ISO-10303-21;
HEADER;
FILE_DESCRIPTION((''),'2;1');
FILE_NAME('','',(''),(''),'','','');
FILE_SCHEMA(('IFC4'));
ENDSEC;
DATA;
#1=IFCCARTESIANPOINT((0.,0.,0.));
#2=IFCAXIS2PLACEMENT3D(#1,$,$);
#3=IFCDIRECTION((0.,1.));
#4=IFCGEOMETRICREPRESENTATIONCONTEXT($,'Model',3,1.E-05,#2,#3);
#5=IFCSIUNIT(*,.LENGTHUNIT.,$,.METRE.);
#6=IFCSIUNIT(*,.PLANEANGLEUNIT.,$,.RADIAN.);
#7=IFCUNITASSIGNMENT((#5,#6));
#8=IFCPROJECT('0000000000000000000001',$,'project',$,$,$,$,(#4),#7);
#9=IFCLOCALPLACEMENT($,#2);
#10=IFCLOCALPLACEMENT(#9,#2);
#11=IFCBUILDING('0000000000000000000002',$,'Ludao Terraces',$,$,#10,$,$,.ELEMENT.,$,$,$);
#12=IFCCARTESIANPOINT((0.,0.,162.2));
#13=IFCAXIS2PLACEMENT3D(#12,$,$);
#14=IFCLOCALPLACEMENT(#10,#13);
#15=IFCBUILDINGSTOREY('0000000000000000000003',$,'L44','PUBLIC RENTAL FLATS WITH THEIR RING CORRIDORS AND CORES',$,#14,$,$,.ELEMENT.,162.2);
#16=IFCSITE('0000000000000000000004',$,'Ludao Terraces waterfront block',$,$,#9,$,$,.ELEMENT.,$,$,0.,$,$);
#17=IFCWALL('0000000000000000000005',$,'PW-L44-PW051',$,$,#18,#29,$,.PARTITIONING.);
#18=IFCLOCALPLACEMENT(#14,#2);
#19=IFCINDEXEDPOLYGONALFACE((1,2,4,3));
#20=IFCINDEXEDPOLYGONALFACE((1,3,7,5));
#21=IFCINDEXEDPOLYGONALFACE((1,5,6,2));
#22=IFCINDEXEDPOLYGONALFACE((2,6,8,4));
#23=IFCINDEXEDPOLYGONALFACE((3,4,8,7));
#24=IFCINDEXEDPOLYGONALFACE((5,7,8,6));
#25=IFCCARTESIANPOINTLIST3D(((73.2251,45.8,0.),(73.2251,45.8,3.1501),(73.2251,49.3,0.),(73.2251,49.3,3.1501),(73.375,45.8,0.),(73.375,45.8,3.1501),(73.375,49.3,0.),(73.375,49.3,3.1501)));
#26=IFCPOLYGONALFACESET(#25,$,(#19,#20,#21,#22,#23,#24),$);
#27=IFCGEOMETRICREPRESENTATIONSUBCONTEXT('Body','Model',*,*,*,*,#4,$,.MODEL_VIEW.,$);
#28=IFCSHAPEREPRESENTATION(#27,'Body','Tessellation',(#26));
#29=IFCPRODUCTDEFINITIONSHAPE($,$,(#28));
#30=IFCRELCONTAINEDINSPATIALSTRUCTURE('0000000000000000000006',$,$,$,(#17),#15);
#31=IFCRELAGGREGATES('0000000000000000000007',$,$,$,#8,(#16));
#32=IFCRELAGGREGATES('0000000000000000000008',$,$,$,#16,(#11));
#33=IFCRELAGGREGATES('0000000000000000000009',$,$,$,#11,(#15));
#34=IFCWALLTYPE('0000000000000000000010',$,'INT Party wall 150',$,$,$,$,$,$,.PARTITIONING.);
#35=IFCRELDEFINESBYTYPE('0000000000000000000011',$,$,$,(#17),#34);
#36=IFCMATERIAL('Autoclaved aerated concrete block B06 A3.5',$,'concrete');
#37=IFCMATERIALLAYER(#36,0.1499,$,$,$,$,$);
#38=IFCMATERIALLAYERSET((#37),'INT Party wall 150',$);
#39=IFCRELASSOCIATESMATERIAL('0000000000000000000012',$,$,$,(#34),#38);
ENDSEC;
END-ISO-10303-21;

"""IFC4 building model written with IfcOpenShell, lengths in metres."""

from ifc_helpers import new_model, si_unit, direction, frame, frame_2d, origin, place, context, subcontext, project, spatial, rectangle, extrude, material, layer, layer_set, type_object, element, save


model = new_model("IFC4")

# Units and contexts
model_context = context("Model", 3, precision=1e-05, world=origin(), true_north=direction((0.0, 1.0)))
body_context = subcontext(model_context, "Body", "Model", "MODEL_VIEW")
ifc_project = project(units=[si_unit("LENGTHUNIT", "METRE"), si_unit("PLANEANGLEUNIT", "RADIAN")], contexts=[model_context])

# Site, building, storey
site_placement = place(None, origin())
site = spatial("IfcSite", under=ifc_project, at=site_placement, Name="Ludao Terraces waterfront block", CompositionType="ELEMENT", RefElevation=0.0)
building_placement = place(site_placement, origin())
building = spatial("IfcBuilding", under=site, at=building_placement, Name="Ludao Terraces", CompositionType="ELEMENT")
storey_placement = place(building_placement, frame((0.0, 0.0, 162.2)))
storey = spatial("IfcBuildingStorey", under=building, at=storey_placement, Name="L44", Description="PUBLIC RENTAL FLATS WITH THEIR RING CORRIDORS AND CORES", CompositionType="ELEMENT", Elevation=162.2)

# Wall
ifc_material_1 = material(Name="Autoclaved aerated concrete block B06 A3.5", Category="concrete")
ifc_layer_1 = layer(ifc_material_1, 0.1499)
ifc_layer_set_1 = layer_set([ifc_layer_1], Name="INT Party wall 150")
wall_type_1 = type_object("IfcWallType", Name="INT Party wall 150", PredefinedType="PARTITIONING", material=ifc_layer_set_1)
wall_1_placement = place(storey_placement, frame((73.3, 45.8, 0.0), z_axis=(0.0, 0.0, 1.0), x_axis=(0.0, 1.0, 0.0)))
element("IfcWall", 1, at=wall_1_placement, inside=storey, type_object=wall_type_1, Name="PW-L44-PW051", PredefinedType="PARTITIONING", context=body_context, shape_type="SweptSolid", body=[
    extrude(rectangle(XDim=3.5, YDim=0.1499, at=frame_2d((1.75, 0.0))), origin(), (0.0, 0.0, 1.0), 3.1501),
])

save(model, "model.ifc")
